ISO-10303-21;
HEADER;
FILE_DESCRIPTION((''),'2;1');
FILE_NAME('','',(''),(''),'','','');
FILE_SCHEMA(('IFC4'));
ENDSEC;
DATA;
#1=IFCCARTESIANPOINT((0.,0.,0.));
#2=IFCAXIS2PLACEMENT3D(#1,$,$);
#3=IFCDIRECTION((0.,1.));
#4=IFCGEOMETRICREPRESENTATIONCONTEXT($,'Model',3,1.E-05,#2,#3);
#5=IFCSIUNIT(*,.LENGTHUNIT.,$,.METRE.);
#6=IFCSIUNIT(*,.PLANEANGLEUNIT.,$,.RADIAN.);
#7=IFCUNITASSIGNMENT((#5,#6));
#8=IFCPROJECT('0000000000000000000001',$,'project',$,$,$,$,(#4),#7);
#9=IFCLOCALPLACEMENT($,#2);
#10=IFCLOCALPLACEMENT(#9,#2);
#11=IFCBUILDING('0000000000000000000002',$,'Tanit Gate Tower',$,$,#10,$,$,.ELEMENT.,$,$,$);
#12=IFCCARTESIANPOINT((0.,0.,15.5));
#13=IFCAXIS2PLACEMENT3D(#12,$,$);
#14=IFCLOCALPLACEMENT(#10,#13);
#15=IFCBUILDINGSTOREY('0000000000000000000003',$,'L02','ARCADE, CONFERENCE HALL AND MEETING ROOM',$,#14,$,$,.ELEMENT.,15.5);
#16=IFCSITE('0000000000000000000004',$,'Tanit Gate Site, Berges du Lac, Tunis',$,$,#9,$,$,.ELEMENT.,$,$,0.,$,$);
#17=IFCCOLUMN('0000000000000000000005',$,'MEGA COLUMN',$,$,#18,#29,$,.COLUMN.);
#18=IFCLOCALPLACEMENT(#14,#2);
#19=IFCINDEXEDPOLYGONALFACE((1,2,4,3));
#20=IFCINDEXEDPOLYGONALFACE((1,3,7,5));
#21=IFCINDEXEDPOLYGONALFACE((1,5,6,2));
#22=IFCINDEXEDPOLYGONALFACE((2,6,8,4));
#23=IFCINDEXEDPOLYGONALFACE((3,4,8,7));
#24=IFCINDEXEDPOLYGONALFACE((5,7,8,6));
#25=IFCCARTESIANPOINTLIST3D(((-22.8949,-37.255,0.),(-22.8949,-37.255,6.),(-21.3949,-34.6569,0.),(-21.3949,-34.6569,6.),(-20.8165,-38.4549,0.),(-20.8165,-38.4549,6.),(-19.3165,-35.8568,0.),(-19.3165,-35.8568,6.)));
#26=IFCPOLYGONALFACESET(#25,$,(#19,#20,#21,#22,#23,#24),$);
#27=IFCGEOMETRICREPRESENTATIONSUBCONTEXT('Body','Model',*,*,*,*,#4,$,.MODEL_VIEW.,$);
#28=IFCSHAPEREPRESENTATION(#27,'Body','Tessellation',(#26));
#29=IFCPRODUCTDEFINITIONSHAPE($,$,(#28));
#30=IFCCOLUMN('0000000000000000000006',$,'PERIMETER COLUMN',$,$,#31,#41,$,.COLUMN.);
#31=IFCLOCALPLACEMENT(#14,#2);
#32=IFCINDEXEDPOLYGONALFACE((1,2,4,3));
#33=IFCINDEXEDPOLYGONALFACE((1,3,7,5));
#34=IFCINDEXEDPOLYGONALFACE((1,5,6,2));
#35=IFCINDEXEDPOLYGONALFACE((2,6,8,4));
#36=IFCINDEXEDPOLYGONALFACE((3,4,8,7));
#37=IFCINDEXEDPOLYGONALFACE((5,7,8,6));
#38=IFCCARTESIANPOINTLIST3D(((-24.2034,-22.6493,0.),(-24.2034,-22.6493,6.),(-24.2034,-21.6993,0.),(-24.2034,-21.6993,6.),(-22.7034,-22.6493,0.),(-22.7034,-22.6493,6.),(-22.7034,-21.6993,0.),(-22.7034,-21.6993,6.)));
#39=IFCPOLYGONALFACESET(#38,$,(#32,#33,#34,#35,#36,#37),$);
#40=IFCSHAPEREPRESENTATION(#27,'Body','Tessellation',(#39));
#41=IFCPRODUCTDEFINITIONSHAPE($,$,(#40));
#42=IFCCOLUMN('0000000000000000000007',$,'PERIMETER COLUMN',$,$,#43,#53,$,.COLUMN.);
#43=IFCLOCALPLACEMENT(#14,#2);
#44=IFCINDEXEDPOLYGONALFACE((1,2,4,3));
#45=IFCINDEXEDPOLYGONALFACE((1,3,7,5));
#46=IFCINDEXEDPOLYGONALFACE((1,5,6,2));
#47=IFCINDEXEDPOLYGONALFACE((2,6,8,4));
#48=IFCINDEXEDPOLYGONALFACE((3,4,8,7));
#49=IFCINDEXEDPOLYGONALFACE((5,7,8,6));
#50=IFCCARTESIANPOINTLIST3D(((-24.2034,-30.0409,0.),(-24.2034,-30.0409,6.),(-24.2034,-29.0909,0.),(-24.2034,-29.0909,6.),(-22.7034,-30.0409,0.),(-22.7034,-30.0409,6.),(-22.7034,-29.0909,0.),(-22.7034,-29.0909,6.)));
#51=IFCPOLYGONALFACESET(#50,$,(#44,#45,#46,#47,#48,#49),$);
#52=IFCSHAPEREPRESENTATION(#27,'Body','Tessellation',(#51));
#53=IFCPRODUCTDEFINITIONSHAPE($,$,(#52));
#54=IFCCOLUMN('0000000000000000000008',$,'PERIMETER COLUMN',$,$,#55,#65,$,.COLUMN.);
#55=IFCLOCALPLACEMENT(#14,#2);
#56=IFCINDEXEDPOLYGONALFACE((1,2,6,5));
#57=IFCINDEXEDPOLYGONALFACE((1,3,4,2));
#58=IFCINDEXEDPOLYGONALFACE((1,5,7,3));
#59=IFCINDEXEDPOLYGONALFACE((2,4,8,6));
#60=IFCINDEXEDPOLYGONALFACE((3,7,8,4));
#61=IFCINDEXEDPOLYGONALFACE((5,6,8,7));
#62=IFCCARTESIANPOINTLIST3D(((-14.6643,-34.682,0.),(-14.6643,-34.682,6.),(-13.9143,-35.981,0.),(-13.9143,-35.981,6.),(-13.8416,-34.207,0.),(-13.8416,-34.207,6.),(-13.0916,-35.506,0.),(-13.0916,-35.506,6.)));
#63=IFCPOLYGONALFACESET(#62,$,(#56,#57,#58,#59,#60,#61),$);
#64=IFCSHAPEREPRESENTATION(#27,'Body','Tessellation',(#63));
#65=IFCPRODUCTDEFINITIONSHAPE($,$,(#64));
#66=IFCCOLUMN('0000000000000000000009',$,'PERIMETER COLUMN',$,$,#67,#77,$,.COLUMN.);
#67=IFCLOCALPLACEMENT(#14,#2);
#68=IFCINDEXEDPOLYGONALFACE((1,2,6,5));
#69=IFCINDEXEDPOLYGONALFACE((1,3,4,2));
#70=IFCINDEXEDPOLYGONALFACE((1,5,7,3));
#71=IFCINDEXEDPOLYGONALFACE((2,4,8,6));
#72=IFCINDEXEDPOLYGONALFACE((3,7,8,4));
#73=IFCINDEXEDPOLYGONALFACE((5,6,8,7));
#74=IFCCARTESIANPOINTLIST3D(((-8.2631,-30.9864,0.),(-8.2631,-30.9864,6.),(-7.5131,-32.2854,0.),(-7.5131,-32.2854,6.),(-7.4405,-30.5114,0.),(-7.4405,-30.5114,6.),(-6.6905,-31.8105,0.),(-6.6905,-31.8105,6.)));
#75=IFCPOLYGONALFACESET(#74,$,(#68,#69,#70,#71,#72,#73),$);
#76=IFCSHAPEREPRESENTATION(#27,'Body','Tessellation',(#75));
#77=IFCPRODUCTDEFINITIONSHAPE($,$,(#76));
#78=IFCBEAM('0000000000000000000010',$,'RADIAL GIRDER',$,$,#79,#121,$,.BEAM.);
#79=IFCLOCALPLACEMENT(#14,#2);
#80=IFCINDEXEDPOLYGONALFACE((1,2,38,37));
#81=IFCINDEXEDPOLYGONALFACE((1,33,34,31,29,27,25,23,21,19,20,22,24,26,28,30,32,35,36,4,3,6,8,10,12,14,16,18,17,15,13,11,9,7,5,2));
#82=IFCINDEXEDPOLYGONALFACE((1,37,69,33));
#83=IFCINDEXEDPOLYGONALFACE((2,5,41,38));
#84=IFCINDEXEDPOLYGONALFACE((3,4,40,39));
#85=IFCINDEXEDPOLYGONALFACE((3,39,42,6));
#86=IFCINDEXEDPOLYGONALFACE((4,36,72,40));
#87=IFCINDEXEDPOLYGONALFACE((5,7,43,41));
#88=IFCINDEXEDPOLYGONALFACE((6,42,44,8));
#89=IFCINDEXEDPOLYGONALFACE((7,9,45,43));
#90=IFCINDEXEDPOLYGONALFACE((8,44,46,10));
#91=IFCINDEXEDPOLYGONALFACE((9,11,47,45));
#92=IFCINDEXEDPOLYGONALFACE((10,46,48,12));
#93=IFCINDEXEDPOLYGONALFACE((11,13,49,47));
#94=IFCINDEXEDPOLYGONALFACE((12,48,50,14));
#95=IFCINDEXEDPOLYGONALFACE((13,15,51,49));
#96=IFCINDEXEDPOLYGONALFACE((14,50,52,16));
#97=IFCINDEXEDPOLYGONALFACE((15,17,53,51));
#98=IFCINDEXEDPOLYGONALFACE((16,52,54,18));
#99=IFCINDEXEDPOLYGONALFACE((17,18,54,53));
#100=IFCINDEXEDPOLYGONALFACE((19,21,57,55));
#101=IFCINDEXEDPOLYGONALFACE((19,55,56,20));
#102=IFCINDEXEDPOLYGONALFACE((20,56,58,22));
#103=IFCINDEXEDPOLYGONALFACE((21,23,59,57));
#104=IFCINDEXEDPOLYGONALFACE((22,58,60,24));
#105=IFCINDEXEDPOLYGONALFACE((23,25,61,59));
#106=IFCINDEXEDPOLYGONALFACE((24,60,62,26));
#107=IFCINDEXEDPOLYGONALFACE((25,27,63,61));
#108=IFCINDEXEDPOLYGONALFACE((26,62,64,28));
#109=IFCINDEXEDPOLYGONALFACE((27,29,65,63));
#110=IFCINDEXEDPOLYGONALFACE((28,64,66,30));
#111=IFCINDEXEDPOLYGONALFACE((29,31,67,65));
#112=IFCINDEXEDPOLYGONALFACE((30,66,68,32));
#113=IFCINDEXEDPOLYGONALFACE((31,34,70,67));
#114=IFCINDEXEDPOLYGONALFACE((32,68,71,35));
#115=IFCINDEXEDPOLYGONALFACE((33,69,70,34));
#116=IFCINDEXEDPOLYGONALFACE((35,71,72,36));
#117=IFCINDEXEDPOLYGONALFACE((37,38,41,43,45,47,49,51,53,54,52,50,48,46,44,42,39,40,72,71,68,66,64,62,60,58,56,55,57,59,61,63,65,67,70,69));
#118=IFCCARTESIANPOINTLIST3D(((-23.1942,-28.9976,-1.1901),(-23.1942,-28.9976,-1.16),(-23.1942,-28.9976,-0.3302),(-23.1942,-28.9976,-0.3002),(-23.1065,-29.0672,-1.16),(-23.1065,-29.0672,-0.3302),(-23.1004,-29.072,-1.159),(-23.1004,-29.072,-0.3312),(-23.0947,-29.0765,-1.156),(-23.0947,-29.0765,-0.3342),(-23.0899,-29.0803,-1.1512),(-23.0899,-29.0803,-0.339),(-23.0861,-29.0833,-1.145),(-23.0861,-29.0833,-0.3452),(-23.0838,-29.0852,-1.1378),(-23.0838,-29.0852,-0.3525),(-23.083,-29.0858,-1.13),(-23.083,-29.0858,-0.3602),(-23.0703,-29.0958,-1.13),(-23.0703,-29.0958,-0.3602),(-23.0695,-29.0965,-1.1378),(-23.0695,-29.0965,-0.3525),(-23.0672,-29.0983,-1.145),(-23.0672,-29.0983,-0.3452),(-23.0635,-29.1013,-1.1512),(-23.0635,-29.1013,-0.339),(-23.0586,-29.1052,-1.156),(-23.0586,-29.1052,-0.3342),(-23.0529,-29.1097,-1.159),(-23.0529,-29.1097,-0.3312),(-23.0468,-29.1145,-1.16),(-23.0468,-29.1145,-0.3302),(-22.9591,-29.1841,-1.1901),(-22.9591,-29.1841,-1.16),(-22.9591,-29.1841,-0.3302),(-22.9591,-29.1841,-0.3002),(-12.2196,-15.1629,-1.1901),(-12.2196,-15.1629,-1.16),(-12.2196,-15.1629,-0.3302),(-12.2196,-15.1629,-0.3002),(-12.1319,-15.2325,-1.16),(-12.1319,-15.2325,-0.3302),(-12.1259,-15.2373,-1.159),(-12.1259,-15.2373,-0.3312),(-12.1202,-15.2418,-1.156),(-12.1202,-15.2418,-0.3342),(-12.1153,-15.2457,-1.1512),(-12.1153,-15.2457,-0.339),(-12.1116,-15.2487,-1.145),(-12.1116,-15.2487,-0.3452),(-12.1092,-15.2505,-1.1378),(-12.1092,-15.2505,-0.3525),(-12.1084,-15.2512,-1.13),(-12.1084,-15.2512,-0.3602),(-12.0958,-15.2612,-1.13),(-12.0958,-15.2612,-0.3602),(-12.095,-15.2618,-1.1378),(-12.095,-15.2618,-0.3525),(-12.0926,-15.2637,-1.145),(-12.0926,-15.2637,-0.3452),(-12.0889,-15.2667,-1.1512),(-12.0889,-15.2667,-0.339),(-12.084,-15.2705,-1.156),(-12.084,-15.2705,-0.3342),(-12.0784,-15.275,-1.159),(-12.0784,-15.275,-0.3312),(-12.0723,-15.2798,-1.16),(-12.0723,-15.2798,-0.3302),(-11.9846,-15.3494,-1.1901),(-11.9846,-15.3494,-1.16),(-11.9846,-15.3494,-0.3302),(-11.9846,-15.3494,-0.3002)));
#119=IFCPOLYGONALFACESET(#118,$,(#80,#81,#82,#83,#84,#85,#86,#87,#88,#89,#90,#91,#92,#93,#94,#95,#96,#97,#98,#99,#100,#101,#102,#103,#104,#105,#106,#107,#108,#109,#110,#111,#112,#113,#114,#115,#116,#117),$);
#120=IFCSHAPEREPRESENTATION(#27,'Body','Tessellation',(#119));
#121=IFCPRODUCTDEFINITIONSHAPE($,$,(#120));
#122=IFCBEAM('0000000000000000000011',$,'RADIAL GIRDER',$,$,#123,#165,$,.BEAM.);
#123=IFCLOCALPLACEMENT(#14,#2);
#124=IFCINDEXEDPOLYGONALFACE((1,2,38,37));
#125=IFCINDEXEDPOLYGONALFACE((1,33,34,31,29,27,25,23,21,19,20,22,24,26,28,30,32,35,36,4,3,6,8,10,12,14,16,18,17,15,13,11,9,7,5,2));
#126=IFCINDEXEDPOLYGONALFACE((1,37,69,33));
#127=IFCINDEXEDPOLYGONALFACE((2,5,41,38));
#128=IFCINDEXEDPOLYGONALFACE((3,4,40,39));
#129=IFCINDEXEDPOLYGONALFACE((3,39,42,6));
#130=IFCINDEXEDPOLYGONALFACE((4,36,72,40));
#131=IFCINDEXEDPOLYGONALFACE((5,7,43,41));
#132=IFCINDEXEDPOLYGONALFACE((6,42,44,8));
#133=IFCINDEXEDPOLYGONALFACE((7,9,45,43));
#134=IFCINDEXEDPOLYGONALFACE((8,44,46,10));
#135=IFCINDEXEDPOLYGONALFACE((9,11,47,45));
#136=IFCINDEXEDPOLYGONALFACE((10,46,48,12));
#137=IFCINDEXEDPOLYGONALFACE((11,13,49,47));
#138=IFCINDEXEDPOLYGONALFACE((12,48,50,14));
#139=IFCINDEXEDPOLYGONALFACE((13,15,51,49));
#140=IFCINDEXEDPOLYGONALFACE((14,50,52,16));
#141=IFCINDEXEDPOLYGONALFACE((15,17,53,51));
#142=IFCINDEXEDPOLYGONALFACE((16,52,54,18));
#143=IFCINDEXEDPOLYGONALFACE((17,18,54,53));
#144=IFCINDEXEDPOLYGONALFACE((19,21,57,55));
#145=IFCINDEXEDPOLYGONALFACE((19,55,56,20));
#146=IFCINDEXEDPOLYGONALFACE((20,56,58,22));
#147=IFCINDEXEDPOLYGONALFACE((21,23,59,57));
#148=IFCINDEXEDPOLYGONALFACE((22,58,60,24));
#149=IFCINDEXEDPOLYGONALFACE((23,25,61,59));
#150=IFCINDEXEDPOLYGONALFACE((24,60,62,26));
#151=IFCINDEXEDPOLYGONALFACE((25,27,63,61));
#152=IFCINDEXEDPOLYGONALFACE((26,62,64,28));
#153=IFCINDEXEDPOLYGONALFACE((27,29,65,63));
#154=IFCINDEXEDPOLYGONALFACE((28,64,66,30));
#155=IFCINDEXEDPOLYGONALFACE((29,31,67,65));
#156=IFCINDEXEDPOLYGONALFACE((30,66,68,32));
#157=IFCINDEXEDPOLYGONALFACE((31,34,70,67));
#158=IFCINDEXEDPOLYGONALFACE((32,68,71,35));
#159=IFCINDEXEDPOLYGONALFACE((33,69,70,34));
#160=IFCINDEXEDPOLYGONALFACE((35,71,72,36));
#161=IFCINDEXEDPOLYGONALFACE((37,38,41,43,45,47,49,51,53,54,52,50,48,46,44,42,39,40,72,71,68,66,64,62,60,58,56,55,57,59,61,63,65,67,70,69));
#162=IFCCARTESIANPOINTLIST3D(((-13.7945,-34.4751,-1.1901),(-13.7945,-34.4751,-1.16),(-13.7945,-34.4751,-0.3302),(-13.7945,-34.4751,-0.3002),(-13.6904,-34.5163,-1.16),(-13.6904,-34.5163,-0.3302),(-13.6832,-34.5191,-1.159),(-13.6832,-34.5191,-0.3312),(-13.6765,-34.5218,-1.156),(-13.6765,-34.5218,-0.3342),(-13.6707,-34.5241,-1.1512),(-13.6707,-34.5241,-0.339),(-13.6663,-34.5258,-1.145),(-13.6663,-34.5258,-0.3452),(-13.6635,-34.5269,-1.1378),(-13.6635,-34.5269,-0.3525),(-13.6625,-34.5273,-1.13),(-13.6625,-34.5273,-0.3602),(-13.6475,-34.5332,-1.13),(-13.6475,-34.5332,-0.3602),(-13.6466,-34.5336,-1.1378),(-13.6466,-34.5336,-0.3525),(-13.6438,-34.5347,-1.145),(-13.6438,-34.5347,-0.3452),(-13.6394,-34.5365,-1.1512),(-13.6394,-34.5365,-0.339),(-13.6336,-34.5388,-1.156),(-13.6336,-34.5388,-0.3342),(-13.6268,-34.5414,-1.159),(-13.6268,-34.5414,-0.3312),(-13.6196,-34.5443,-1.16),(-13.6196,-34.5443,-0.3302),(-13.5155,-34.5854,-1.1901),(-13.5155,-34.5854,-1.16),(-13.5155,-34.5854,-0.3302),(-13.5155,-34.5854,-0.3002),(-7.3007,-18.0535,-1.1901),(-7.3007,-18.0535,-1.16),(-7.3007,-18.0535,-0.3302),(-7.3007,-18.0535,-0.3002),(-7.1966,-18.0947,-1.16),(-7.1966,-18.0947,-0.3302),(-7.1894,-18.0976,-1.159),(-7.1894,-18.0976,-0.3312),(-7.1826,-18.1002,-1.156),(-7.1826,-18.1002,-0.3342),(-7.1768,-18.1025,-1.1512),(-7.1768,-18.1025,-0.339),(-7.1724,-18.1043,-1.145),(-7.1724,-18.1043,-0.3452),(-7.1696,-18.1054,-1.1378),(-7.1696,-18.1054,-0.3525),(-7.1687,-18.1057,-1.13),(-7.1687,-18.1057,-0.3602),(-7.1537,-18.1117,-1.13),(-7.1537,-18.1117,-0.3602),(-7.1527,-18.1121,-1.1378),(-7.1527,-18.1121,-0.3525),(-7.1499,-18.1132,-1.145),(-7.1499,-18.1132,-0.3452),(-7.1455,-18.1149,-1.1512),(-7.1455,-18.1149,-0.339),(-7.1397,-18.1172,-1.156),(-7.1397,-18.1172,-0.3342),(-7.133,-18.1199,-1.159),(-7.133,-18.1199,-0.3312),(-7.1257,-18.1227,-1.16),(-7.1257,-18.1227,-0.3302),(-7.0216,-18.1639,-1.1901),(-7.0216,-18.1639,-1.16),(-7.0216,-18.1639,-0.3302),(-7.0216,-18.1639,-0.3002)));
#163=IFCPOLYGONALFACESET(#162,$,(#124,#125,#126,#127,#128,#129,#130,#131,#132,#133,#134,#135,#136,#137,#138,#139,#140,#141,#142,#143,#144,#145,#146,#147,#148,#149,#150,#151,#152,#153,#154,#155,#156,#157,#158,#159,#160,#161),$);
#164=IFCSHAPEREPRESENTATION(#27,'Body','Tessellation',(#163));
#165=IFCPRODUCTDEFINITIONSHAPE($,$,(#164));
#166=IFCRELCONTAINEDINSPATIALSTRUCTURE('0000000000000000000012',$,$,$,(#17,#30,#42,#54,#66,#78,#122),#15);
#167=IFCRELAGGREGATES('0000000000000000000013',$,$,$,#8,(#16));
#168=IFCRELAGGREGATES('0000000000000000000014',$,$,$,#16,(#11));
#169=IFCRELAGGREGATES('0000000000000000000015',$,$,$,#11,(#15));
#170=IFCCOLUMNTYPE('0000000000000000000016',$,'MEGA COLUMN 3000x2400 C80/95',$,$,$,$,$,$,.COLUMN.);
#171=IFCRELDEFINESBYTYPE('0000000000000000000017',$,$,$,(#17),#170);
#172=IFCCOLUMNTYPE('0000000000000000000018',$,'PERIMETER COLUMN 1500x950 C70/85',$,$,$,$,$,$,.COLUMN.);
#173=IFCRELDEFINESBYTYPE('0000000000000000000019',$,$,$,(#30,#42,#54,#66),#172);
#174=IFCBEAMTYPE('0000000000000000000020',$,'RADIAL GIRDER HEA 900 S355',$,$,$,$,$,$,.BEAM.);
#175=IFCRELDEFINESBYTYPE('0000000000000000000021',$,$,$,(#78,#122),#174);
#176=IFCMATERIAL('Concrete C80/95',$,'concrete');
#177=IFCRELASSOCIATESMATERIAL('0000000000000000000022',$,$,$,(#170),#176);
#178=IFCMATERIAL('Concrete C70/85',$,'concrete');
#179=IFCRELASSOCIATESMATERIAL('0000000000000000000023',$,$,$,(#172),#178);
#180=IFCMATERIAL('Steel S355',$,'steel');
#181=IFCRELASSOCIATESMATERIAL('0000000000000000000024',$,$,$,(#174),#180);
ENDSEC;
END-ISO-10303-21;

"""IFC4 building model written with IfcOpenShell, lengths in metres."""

from ifc_helpers import new_model, si_unit, direction, frame, origin, origin_2d, place, context, subcontext, project, spatial, rectangle, i_section, extrude, material, material_profile, profile_set, type_object, element, save


model = new_model("IFC4")

# Units and contexts
model_context = context("Model", 3, precision=1e-05, world=origin(), true_north=direction((0.0, 1.0)))
body_context = subcontext(model_context, "Body", "Model", "MODEL_VIEW")
ifc_project = project(units=[si_unit("LENGTHUNIT", "METRE"), si_unit("PLANEANGLEUNIT", "RADIAN")], contexts=[model_context])

# Site, building, storey
site_placement = place(None, origin())
site = spatial("IfcSite", under=ifc_project, at=site_placement, Name="Tanit Gate Site, Berges du Lac, Tunis", CompositionType="ELEMENT", RefElevation=0.0)
building_placement = place(site_placement, origin())
building = spatial("IfcBuilding", under=site, at=building_placement, Name="Tanit Gate Tower", CompositionType="ELEMENT")
storey_placement = place(building_placement, frame((0.0, 0.0, 15.5)))
storey = spatial("IfcBuildingStorey", under=building, at=storey_placement, Name="L02", Description="ARCADE, CONFERENCE HALL AND MEETING ROOM", CompositionType="ELEMENT", Elevation=15.5)

# Columns
ifc_material_1 = material(Name="Concrete C80/95", Category="concrete")
ifc_material_profile_1 = material_profile(ifc_material_1, rectangle(XDim=3.0, YDim=2.3999, at=origin_2d()), Name="RC 3000x2400")
ifc_profile_set_1 = profile_set([ifc_material_profile_1], Name="Concrete C80/95")
column_type_1 = type_object("IfcColumnType", Name="MEGA COLUMN 3000x2400 C80/95", PredefinedType="COLUMN", material=ifc_profile_set_1)
column_placement = place(storey_placement, frame((-21.1057, -36.5559, 0.0), z_axis=(0.0, 0.0, 1.0), x_axis=(-0.5, -0.866025, 0.0)))
element("IfcColumn", 1, at=column_placement, inside=storey, type_object=column_type_1, Name="MEGA COLUMN", PredefinedType="COLUMN", context=body_context, shape_type="SweptSolid", body=[
    extrude(rectangle(XDim=3.0, YDim=2.3999, at=origin_2d()), origin(), (0.0, 0.0, 1.0), 6.0),
])
ifc_material_2 = material(Name="Concrete C70/85", Category="concrete")
ifc_material_profile_2 = material_profile(ifc_material_2, rectangle(XDim=1.5, YDim=0.95, at=origin_2d()), Name="RC 1500x950")
ifc_profile_set_2 = profile_set([ifc_material_profile_2], Name="Concrete C70/85")
column_type_2 = type_object("IfcColumnType", Name="PERIMETER COLUMN 1500x950 C70/85", PredefinedType="COLUMN", material=ifc_profile_set_2)
for number, where, z_axis, x_axis, name in (
    (2, (-23.4534, -22.1743, 0.0), (0.0, 0.0, 1.0), (-1.0, 0.0, 0.0), "PERIMETER COLUMN"),
    (3, (-23.4534, -29.5659, 0.0), (0.0, 0.0, 1.0), (-1.0, 0.0, 0.0), "PERIMETER COLUMN"),
    (4, (-13.8779, -35.094, 0.0), (0.0, 0.0, 1.0), (0.5, -0.866025, 0.0), "PERIMETER COLUMN"),
    (5, (-7.4768, -31.3984, 0.0), (0.0, 0.0, 1.0), (0.5, -0.866025, 0.0), "PERIMETER COLUMN"),
):
    element("IfcColumn", number, at=place(storey_placement, frame(where, z_axis=z_axis, x_axis=x_axis)), inside=storey, type_object=column_type_2, Name=name, PredefinedType="COLUMN", context=body_context, shape_type="SweptSolid", body=[
        extrude(rectangle(XDim=1.5, YDim=0.95, at=origin_2d()), origin(), (0.0, 0.0, 1.0), 6.0),
    ])

# Beams
ifc_material_3 = material(Name="Steel S355", Category="steel")
ifc_material_profile_3 = material_profile(ifc_material_3, i_section(OverallWidth=0.3, OverallDepth=0.8899, WebThickness=0.0161, FlangeThickness=0.03, FilletRadius=0.03, at=origin_2d()), Name="HEA 900")
ifc_profile_set_3 = profile_set([ifc_material_profile_3], Name="Steel S355")
beam_type_1 = type_object("IfcBeamType", Name="RADIAL GIRDER HEA 900 S355", PredefinedType="BEAM", material=ifc_profile_set_3)
for number, where, z_axis, x_axis, name in (
    (6, (-23.0767, -29.0908, -0.7451), (0.621473, 0.783436, 0.0), (-0.783436, 0.621473, 0.0), "RADIAL GIRDER"),
    (7, (-13.655, -34.5303, -0.7451), (0.367738, 0.929929, 0.0), (-0.929929, 0.367738, 0.0), "RADIAL GIRDER"),
):
    element("IfcBeam", number, at=place(storey_placement, frame(where, z_axis=z_axis, x_axis=x_axis)), inside=storey, type_object=beam_type_1, Name=name, PredefinedType="BEAM", context=body_context, shape_type="SweptSolid", body=[
        extrude(i_section(OverallWidth=0.3, OverallDepth=0.8899, WebThickness=0.0161, FlangeThickness=0.03, FilletRadius=0.03, at=origin_2d()), origin(), (0.0, 0.0, 1.0), 17.6589),
    ])

save(model, "model.ifc")
